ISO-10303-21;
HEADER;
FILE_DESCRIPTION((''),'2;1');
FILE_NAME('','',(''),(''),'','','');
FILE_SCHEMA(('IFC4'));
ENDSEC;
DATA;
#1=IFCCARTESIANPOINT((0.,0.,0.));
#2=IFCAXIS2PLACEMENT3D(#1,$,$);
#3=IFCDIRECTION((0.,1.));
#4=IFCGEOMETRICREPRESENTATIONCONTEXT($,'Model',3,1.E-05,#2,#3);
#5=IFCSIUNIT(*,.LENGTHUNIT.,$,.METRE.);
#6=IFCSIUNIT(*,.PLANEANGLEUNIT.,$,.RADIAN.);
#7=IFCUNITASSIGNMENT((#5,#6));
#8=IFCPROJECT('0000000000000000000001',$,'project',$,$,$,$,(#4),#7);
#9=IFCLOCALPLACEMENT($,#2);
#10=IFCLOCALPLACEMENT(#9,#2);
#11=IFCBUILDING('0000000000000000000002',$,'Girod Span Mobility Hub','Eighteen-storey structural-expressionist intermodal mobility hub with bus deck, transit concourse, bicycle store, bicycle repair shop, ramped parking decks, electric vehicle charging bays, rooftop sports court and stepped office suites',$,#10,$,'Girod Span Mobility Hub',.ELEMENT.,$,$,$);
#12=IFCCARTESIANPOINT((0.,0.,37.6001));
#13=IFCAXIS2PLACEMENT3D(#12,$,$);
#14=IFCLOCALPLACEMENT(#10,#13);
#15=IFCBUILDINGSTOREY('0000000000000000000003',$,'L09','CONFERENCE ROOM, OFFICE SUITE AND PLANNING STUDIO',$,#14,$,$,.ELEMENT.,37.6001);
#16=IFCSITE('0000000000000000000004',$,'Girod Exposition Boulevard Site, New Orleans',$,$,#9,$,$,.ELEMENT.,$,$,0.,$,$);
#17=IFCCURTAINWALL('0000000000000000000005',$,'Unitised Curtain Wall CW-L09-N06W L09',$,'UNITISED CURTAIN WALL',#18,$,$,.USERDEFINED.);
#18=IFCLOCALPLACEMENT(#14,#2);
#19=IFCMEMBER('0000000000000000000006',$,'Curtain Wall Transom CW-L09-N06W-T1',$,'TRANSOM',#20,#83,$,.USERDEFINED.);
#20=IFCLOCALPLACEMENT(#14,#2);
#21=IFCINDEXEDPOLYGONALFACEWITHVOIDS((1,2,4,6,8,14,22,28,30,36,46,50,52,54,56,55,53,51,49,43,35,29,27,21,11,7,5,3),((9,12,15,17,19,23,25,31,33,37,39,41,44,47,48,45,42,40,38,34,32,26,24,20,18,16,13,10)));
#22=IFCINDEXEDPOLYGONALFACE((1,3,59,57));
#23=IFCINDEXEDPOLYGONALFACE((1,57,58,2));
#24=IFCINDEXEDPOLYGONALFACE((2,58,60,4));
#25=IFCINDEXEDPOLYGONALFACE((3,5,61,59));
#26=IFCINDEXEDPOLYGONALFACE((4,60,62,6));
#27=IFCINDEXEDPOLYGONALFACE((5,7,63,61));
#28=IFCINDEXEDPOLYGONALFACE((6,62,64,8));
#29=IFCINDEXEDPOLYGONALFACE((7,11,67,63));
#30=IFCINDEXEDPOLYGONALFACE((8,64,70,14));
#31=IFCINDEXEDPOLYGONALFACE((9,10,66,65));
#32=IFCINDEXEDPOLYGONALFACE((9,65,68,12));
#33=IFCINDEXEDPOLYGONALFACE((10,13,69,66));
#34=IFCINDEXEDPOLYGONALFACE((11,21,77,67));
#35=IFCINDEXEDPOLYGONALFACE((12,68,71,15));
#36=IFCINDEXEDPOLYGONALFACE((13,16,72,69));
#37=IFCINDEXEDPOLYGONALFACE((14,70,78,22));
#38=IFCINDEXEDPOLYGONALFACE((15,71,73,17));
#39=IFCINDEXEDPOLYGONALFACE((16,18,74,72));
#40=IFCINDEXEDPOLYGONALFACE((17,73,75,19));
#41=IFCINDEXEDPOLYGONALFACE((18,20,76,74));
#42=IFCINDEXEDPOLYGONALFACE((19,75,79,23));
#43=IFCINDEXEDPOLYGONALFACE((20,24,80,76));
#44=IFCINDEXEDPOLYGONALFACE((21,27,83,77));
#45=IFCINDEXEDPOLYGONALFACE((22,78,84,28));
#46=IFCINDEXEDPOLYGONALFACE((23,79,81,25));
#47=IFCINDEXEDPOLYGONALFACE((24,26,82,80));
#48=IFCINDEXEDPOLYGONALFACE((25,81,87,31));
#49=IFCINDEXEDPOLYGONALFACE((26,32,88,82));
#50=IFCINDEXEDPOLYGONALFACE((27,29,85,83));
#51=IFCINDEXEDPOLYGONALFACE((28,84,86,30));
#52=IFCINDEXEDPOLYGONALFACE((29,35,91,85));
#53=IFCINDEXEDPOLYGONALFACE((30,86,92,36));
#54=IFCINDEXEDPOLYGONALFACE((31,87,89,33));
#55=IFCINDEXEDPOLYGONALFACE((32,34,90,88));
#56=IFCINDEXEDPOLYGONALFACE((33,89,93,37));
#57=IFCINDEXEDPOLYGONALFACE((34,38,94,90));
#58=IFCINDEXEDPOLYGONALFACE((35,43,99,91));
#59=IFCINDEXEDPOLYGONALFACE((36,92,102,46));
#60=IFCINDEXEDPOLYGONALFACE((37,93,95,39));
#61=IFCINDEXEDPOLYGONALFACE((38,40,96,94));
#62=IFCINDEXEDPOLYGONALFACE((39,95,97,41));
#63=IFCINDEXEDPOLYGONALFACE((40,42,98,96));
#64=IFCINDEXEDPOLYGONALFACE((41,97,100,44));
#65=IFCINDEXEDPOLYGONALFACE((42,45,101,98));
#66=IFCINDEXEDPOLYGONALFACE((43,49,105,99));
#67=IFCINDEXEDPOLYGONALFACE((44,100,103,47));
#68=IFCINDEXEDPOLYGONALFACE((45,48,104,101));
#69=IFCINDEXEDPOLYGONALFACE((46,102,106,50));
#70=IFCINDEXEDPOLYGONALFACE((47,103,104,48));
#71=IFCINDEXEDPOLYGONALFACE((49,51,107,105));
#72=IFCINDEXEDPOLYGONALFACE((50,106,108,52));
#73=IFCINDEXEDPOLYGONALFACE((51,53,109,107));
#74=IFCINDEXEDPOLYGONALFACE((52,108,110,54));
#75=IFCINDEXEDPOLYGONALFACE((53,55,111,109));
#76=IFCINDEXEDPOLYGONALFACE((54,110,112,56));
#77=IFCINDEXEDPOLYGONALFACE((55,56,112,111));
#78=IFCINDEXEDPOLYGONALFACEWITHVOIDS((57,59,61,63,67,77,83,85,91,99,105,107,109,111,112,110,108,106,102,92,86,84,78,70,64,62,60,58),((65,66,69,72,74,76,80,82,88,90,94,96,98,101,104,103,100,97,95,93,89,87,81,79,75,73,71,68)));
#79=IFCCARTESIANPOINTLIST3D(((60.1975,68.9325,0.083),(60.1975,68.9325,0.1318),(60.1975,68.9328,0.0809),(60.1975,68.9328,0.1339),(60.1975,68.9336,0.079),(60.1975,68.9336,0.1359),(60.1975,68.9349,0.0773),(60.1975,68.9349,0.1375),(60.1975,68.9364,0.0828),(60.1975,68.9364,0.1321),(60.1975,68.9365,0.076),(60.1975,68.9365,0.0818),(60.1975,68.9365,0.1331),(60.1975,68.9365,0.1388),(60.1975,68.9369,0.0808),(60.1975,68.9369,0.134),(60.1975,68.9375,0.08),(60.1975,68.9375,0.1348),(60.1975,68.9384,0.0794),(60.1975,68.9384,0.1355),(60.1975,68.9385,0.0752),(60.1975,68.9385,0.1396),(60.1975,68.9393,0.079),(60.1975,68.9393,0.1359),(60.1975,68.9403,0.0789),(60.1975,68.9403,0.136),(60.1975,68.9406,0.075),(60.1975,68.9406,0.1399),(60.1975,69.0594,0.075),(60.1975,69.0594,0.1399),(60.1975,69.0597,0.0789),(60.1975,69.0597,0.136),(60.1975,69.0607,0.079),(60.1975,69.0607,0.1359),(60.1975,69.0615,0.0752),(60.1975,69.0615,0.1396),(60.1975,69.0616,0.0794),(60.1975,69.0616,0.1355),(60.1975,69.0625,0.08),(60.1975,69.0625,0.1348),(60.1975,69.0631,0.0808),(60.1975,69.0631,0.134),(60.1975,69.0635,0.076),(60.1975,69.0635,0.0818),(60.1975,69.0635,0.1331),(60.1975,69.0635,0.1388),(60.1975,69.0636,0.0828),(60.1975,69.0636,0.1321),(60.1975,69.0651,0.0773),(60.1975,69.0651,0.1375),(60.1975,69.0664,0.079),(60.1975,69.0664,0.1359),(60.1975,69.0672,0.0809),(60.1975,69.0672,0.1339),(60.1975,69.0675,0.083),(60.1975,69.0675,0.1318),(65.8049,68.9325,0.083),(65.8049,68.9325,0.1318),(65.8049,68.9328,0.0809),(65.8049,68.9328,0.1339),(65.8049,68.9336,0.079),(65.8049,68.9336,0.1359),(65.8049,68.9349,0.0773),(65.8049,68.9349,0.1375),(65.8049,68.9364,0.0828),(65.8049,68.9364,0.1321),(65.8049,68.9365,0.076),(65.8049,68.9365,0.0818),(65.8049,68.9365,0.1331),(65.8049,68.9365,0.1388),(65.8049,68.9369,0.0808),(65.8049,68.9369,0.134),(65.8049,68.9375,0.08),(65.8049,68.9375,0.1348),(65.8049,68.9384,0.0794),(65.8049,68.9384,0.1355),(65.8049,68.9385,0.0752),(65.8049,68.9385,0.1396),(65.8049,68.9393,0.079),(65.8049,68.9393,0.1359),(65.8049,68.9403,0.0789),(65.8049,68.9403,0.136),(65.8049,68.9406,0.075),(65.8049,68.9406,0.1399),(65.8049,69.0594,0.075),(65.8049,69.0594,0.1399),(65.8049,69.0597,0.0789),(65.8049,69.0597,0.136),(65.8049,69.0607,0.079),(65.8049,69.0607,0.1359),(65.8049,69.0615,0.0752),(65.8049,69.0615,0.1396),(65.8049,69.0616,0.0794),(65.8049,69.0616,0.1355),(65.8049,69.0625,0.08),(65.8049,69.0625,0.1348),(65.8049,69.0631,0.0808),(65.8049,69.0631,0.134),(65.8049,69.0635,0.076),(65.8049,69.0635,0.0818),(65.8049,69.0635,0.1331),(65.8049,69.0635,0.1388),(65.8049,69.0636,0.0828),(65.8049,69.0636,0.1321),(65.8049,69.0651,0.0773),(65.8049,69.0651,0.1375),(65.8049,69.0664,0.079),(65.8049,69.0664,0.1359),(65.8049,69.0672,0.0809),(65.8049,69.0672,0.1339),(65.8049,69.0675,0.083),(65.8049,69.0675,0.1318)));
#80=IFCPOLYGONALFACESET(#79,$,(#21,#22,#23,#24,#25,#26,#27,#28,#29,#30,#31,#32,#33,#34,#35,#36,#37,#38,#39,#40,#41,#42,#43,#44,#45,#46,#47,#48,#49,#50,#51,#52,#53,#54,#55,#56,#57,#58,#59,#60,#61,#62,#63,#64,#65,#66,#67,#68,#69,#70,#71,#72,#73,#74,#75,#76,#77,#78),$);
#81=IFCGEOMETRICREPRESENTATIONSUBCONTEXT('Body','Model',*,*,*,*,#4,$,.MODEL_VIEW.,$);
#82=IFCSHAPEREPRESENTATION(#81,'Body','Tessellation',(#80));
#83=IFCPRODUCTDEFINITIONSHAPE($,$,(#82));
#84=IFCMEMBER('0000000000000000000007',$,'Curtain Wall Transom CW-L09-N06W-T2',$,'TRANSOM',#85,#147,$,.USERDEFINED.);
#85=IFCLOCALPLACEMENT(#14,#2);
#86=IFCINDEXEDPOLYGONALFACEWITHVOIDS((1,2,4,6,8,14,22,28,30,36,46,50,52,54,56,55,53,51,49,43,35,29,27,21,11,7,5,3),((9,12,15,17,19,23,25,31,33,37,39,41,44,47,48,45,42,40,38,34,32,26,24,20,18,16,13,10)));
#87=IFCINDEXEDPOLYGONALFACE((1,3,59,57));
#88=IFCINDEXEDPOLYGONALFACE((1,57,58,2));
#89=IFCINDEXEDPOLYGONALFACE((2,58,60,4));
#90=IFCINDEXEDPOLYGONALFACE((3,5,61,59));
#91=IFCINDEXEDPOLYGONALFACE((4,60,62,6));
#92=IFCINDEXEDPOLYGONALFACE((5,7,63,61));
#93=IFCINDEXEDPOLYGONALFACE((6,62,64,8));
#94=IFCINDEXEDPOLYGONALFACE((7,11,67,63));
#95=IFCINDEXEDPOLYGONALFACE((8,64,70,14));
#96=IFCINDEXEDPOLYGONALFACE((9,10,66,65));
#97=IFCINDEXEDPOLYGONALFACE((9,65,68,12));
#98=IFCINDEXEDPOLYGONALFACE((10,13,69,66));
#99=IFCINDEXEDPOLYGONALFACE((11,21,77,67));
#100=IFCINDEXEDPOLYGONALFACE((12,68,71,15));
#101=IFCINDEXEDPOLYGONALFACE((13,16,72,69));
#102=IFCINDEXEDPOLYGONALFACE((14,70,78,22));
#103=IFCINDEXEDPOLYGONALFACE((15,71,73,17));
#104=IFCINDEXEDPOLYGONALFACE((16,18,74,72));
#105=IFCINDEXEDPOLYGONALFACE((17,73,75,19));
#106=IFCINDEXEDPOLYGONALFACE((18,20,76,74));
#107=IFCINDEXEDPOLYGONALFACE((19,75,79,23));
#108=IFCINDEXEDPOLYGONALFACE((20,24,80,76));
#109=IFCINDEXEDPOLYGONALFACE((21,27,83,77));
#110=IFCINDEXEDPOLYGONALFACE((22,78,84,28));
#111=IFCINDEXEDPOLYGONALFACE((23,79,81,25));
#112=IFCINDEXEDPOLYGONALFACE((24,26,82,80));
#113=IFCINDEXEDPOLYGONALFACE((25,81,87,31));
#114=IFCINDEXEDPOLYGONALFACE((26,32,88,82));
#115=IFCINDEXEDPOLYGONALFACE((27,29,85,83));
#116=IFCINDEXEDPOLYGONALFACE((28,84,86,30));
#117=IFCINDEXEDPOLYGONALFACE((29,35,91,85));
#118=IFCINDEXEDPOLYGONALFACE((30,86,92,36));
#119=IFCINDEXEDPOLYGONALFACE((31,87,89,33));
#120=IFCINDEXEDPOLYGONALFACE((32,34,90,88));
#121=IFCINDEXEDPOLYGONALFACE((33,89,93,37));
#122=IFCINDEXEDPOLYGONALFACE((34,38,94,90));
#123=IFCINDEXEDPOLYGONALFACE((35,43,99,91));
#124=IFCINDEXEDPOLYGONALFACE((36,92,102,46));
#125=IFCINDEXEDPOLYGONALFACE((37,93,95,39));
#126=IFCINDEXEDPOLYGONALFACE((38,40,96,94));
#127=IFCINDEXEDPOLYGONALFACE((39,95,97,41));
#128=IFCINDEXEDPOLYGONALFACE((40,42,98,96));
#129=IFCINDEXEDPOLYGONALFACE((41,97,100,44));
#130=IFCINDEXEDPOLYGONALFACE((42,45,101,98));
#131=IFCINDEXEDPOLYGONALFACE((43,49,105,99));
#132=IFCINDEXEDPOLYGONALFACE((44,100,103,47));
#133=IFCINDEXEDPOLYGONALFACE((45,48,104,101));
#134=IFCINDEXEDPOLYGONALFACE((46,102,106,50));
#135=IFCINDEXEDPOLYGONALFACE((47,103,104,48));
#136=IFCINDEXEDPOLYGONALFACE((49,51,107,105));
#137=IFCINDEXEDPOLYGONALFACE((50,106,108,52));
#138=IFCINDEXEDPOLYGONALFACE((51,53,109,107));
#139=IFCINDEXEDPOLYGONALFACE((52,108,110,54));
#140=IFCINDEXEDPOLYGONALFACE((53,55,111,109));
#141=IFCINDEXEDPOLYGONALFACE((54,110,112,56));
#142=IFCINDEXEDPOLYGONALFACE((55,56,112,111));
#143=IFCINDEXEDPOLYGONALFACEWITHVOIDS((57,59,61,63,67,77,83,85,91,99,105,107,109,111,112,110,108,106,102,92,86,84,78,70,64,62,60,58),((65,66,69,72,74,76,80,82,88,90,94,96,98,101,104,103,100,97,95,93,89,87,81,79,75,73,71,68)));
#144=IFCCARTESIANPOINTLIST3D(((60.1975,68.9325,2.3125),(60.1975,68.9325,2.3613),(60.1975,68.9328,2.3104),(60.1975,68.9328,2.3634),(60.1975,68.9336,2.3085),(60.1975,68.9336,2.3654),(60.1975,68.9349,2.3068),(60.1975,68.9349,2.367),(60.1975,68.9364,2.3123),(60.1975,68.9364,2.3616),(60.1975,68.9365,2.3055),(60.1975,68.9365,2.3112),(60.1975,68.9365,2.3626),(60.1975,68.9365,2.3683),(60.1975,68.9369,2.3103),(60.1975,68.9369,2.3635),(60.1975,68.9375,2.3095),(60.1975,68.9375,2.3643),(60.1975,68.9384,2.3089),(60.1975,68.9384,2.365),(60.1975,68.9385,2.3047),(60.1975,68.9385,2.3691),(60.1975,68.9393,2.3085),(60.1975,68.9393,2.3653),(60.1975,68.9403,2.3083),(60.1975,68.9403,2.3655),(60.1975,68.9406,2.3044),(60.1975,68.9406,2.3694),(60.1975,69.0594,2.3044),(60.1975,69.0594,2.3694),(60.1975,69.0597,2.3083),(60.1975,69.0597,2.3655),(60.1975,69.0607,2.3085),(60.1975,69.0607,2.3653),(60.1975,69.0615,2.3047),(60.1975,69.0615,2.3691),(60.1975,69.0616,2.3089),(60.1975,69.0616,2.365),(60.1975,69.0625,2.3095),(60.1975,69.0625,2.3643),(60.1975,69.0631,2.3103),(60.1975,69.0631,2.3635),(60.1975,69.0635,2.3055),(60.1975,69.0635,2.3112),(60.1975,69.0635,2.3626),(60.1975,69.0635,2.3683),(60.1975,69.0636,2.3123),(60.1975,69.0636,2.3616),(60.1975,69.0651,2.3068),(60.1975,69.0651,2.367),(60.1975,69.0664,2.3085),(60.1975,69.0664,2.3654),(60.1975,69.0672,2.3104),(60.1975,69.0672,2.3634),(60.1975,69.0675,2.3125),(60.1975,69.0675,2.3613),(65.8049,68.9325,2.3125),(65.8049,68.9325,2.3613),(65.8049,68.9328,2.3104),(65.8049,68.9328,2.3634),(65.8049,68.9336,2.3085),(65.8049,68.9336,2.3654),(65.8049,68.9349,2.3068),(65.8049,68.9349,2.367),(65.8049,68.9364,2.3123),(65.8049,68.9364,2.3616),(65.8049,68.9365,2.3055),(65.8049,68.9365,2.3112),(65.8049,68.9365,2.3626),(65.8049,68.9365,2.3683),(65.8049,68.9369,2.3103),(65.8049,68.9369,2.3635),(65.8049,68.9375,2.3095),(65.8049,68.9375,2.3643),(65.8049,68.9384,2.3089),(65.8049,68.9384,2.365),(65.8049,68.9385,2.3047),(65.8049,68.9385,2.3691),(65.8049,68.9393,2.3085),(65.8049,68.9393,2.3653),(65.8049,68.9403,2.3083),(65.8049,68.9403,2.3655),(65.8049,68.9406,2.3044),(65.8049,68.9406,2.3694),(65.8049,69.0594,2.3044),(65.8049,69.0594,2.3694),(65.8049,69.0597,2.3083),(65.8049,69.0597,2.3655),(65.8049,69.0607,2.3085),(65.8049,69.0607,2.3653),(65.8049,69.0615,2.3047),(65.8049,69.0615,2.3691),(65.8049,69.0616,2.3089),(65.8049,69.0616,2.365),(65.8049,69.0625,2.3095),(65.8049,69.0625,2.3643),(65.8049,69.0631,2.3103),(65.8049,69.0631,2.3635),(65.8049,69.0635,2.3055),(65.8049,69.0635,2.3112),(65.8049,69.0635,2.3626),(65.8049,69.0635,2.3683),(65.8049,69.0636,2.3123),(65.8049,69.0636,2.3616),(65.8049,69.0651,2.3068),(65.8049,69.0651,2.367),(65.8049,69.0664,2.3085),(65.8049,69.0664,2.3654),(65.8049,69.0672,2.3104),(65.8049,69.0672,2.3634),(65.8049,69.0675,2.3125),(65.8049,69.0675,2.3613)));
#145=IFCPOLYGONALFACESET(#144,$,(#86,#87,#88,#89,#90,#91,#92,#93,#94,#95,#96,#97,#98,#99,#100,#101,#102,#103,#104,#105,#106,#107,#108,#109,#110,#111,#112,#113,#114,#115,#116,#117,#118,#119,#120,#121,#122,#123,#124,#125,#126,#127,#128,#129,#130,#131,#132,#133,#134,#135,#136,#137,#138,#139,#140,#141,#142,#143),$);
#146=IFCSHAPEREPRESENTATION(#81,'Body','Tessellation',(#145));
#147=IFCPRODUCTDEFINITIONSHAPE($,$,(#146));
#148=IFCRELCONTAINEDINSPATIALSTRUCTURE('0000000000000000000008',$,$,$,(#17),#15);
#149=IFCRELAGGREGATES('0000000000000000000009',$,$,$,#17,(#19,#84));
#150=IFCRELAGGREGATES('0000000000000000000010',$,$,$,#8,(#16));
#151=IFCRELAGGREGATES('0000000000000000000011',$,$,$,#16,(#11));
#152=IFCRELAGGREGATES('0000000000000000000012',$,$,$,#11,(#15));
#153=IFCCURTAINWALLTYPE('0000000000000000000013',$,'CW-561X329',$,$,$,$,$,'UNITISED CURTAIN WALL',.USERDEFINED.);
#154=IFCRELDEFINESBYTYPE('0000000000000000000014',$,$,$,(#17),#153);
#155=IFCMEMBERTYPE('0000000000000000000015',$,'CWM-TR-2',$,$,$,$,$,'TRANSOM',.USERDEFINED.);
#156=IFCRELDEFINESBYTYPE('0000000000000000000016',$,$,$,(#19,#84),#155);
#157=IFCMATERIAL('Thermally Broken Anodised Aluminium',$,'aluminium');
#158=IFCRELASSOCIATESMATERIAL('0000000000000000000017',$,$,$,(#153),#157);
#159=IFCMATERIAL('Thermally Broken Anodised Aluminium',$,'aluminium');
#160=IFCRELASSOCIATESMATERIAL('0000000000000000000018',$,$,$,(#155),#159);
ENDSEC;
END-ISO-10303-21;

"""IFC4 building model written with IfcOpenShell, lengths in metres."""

from ifc_helpers import new_model, si_unit, direction, frame, origin, origin_2d, place, context, subcontext, project, spatial, hollow_rectangle, extrude, material, material_profile, profile_set, type_object, element, aggregate, save


model = new_model("IFC4")

# Units and contexts
model_context = context("Model", 3, precision=1e-05, world=origin(), true_north=direction((0.0, 1.0)))
body_context = subcontext(model_context, "Body", "Model", "MODEL_VIEW")
ifc_project = project(units=[si_unit("LENGTHUNIT", "METRE"), si_unit("PLANEANGLEUNIT", "RADIAN")], contexts=[model_context])

# Site, building, storey
site_placement = place(None, origin())
site = spatial("IfcSite", under=ifc_project, at=site_placement, Name="Girod Exposition Boulevard Site, New Orleans", CompositionType="ELEMENT", RefElevation=0.0)
building_placement = place(site_placement, origin())
building = spatial("IfcBuilding", under=site, at=building_placement, Name="Girod Span Mobility Hub", Description="Eighteen-storey structural-expressionist intermodal mobility hub with bus deck, transit concourse, bicycle store, bicycle repair shop, ramped parking decks, electric vehicle charging bays, rooftop sports court and stepped office suites", LongName="Girod Span Mobility Hub", CompositionType="ELEMENT")
storey_placement = place(building_placement, frame((0.0, 0.0, 37.6001)))
storey = spatial("IfcBuildingStorey", under=building, at=storey_placement, Name="L09", Description="CONFERENCE ROOM, OFFICE SUITE AND PLANNING STUDIO", CompositionType="ELEMENT", Elevation=37.6001)

# Curtain wall, members
ifc_material_1 = material(Name="Thermally Broken Anodised Aluminium", Category="aluminium")
curtain_wall_type = type_object("IfcCurtainWallType", Name="CW-561X329", ElementType="UNITISED CURTAIN WALL", PredefinedType="USERDEFINED", material=ifc_material_1)
curtain_wall_placement = place(storey_placement, origin())
curtain_wall = element("IfcCurtainWall", 1, at=curtain_wall_placement, inside=storey, type_object=curtain_wall_type, Name="Unitised Curtain Wall CW-L09-N06W L09", ObjectType="UNITISED CURTAIN WALL", PredefinedType="USERDEFINED")
ifc_material_2 = material(Name="Thermally Broken Anodised Aluminium", Category="aluminium")
ifc_material_profile_1 = material_profile(ifc_material_2, hollow_rectangle(XDim=0.135, YDim=0.0649, WallThickness=0.0039, InnerFilletRadius=0.0039, OuterFilletRadius=0.0081, at=origin_2d()), Name="CW-TR-65X135")
ifc_profile_set_1 = profile_set([ifc_material_profile_1], Name="Thermally Broken Anodised Aluminium")
member_type_1 = type_object("IfcMemberType", Name="CWM-TR-2", ElementType="TRANSOM", PredefinedType="USERDEFINED", material=ifc_profile_set_1)
member_1_placement = place(storey_placement, frame((60.1975, 69.0, 0.1074), z_axis=(1.0, 0.0, 0.0), x_axis=(0.0, 1.0, 0.0)))
member_1 = element("IfcMember", 2, at=member_1_placement, type_object=member_type_1, Name="Curtain Wall Transom CW-L09-N06W-T1", ObjectType="TRANSOM", PredefinedType="USERDEFINED", context=body_context, shape_type="SweptSolid", body=[
    extrude(hollow_rectangle(XDim=0.135, YDim=0.0649, WallThickness=0.0039, InnerFilletRadius=0.0039, OuterFilletRadius=0.0081, at=origin_2d()), origin(), (0.0, 0.0, 1.0), 5.6074),
])
member_2_placement = place(storey_placement, frame((60.1975, 69.0, 2.3369), z_axis=(1.0, 0.0, 0.0), x_axis=(0.0, 1.0, 0.0)))
member_2 = element("IfcMember", 3, at=member_2_placement, type_object=member_type_1, Name="Curtain Wall Transom CW-L09-N06W-T2", ObjectType="TRANSOM", PredefinedType="USERDEFINED", context=body_context, shape_type="SweptSolid", body=[
    extrude(hollow_rectangle(XDim=0.135, YDim=0.0649, WallThickness=0.0039, InnerFilletRadius=0.0039, OuterFilletRadius=0.0081, at=origin_2d()), origin(), (0.0, 0.0, 1.0), 5.6074),
])
aggregate(curtain_wall, [member_1, member_2])

save(model, "model.ifc")
